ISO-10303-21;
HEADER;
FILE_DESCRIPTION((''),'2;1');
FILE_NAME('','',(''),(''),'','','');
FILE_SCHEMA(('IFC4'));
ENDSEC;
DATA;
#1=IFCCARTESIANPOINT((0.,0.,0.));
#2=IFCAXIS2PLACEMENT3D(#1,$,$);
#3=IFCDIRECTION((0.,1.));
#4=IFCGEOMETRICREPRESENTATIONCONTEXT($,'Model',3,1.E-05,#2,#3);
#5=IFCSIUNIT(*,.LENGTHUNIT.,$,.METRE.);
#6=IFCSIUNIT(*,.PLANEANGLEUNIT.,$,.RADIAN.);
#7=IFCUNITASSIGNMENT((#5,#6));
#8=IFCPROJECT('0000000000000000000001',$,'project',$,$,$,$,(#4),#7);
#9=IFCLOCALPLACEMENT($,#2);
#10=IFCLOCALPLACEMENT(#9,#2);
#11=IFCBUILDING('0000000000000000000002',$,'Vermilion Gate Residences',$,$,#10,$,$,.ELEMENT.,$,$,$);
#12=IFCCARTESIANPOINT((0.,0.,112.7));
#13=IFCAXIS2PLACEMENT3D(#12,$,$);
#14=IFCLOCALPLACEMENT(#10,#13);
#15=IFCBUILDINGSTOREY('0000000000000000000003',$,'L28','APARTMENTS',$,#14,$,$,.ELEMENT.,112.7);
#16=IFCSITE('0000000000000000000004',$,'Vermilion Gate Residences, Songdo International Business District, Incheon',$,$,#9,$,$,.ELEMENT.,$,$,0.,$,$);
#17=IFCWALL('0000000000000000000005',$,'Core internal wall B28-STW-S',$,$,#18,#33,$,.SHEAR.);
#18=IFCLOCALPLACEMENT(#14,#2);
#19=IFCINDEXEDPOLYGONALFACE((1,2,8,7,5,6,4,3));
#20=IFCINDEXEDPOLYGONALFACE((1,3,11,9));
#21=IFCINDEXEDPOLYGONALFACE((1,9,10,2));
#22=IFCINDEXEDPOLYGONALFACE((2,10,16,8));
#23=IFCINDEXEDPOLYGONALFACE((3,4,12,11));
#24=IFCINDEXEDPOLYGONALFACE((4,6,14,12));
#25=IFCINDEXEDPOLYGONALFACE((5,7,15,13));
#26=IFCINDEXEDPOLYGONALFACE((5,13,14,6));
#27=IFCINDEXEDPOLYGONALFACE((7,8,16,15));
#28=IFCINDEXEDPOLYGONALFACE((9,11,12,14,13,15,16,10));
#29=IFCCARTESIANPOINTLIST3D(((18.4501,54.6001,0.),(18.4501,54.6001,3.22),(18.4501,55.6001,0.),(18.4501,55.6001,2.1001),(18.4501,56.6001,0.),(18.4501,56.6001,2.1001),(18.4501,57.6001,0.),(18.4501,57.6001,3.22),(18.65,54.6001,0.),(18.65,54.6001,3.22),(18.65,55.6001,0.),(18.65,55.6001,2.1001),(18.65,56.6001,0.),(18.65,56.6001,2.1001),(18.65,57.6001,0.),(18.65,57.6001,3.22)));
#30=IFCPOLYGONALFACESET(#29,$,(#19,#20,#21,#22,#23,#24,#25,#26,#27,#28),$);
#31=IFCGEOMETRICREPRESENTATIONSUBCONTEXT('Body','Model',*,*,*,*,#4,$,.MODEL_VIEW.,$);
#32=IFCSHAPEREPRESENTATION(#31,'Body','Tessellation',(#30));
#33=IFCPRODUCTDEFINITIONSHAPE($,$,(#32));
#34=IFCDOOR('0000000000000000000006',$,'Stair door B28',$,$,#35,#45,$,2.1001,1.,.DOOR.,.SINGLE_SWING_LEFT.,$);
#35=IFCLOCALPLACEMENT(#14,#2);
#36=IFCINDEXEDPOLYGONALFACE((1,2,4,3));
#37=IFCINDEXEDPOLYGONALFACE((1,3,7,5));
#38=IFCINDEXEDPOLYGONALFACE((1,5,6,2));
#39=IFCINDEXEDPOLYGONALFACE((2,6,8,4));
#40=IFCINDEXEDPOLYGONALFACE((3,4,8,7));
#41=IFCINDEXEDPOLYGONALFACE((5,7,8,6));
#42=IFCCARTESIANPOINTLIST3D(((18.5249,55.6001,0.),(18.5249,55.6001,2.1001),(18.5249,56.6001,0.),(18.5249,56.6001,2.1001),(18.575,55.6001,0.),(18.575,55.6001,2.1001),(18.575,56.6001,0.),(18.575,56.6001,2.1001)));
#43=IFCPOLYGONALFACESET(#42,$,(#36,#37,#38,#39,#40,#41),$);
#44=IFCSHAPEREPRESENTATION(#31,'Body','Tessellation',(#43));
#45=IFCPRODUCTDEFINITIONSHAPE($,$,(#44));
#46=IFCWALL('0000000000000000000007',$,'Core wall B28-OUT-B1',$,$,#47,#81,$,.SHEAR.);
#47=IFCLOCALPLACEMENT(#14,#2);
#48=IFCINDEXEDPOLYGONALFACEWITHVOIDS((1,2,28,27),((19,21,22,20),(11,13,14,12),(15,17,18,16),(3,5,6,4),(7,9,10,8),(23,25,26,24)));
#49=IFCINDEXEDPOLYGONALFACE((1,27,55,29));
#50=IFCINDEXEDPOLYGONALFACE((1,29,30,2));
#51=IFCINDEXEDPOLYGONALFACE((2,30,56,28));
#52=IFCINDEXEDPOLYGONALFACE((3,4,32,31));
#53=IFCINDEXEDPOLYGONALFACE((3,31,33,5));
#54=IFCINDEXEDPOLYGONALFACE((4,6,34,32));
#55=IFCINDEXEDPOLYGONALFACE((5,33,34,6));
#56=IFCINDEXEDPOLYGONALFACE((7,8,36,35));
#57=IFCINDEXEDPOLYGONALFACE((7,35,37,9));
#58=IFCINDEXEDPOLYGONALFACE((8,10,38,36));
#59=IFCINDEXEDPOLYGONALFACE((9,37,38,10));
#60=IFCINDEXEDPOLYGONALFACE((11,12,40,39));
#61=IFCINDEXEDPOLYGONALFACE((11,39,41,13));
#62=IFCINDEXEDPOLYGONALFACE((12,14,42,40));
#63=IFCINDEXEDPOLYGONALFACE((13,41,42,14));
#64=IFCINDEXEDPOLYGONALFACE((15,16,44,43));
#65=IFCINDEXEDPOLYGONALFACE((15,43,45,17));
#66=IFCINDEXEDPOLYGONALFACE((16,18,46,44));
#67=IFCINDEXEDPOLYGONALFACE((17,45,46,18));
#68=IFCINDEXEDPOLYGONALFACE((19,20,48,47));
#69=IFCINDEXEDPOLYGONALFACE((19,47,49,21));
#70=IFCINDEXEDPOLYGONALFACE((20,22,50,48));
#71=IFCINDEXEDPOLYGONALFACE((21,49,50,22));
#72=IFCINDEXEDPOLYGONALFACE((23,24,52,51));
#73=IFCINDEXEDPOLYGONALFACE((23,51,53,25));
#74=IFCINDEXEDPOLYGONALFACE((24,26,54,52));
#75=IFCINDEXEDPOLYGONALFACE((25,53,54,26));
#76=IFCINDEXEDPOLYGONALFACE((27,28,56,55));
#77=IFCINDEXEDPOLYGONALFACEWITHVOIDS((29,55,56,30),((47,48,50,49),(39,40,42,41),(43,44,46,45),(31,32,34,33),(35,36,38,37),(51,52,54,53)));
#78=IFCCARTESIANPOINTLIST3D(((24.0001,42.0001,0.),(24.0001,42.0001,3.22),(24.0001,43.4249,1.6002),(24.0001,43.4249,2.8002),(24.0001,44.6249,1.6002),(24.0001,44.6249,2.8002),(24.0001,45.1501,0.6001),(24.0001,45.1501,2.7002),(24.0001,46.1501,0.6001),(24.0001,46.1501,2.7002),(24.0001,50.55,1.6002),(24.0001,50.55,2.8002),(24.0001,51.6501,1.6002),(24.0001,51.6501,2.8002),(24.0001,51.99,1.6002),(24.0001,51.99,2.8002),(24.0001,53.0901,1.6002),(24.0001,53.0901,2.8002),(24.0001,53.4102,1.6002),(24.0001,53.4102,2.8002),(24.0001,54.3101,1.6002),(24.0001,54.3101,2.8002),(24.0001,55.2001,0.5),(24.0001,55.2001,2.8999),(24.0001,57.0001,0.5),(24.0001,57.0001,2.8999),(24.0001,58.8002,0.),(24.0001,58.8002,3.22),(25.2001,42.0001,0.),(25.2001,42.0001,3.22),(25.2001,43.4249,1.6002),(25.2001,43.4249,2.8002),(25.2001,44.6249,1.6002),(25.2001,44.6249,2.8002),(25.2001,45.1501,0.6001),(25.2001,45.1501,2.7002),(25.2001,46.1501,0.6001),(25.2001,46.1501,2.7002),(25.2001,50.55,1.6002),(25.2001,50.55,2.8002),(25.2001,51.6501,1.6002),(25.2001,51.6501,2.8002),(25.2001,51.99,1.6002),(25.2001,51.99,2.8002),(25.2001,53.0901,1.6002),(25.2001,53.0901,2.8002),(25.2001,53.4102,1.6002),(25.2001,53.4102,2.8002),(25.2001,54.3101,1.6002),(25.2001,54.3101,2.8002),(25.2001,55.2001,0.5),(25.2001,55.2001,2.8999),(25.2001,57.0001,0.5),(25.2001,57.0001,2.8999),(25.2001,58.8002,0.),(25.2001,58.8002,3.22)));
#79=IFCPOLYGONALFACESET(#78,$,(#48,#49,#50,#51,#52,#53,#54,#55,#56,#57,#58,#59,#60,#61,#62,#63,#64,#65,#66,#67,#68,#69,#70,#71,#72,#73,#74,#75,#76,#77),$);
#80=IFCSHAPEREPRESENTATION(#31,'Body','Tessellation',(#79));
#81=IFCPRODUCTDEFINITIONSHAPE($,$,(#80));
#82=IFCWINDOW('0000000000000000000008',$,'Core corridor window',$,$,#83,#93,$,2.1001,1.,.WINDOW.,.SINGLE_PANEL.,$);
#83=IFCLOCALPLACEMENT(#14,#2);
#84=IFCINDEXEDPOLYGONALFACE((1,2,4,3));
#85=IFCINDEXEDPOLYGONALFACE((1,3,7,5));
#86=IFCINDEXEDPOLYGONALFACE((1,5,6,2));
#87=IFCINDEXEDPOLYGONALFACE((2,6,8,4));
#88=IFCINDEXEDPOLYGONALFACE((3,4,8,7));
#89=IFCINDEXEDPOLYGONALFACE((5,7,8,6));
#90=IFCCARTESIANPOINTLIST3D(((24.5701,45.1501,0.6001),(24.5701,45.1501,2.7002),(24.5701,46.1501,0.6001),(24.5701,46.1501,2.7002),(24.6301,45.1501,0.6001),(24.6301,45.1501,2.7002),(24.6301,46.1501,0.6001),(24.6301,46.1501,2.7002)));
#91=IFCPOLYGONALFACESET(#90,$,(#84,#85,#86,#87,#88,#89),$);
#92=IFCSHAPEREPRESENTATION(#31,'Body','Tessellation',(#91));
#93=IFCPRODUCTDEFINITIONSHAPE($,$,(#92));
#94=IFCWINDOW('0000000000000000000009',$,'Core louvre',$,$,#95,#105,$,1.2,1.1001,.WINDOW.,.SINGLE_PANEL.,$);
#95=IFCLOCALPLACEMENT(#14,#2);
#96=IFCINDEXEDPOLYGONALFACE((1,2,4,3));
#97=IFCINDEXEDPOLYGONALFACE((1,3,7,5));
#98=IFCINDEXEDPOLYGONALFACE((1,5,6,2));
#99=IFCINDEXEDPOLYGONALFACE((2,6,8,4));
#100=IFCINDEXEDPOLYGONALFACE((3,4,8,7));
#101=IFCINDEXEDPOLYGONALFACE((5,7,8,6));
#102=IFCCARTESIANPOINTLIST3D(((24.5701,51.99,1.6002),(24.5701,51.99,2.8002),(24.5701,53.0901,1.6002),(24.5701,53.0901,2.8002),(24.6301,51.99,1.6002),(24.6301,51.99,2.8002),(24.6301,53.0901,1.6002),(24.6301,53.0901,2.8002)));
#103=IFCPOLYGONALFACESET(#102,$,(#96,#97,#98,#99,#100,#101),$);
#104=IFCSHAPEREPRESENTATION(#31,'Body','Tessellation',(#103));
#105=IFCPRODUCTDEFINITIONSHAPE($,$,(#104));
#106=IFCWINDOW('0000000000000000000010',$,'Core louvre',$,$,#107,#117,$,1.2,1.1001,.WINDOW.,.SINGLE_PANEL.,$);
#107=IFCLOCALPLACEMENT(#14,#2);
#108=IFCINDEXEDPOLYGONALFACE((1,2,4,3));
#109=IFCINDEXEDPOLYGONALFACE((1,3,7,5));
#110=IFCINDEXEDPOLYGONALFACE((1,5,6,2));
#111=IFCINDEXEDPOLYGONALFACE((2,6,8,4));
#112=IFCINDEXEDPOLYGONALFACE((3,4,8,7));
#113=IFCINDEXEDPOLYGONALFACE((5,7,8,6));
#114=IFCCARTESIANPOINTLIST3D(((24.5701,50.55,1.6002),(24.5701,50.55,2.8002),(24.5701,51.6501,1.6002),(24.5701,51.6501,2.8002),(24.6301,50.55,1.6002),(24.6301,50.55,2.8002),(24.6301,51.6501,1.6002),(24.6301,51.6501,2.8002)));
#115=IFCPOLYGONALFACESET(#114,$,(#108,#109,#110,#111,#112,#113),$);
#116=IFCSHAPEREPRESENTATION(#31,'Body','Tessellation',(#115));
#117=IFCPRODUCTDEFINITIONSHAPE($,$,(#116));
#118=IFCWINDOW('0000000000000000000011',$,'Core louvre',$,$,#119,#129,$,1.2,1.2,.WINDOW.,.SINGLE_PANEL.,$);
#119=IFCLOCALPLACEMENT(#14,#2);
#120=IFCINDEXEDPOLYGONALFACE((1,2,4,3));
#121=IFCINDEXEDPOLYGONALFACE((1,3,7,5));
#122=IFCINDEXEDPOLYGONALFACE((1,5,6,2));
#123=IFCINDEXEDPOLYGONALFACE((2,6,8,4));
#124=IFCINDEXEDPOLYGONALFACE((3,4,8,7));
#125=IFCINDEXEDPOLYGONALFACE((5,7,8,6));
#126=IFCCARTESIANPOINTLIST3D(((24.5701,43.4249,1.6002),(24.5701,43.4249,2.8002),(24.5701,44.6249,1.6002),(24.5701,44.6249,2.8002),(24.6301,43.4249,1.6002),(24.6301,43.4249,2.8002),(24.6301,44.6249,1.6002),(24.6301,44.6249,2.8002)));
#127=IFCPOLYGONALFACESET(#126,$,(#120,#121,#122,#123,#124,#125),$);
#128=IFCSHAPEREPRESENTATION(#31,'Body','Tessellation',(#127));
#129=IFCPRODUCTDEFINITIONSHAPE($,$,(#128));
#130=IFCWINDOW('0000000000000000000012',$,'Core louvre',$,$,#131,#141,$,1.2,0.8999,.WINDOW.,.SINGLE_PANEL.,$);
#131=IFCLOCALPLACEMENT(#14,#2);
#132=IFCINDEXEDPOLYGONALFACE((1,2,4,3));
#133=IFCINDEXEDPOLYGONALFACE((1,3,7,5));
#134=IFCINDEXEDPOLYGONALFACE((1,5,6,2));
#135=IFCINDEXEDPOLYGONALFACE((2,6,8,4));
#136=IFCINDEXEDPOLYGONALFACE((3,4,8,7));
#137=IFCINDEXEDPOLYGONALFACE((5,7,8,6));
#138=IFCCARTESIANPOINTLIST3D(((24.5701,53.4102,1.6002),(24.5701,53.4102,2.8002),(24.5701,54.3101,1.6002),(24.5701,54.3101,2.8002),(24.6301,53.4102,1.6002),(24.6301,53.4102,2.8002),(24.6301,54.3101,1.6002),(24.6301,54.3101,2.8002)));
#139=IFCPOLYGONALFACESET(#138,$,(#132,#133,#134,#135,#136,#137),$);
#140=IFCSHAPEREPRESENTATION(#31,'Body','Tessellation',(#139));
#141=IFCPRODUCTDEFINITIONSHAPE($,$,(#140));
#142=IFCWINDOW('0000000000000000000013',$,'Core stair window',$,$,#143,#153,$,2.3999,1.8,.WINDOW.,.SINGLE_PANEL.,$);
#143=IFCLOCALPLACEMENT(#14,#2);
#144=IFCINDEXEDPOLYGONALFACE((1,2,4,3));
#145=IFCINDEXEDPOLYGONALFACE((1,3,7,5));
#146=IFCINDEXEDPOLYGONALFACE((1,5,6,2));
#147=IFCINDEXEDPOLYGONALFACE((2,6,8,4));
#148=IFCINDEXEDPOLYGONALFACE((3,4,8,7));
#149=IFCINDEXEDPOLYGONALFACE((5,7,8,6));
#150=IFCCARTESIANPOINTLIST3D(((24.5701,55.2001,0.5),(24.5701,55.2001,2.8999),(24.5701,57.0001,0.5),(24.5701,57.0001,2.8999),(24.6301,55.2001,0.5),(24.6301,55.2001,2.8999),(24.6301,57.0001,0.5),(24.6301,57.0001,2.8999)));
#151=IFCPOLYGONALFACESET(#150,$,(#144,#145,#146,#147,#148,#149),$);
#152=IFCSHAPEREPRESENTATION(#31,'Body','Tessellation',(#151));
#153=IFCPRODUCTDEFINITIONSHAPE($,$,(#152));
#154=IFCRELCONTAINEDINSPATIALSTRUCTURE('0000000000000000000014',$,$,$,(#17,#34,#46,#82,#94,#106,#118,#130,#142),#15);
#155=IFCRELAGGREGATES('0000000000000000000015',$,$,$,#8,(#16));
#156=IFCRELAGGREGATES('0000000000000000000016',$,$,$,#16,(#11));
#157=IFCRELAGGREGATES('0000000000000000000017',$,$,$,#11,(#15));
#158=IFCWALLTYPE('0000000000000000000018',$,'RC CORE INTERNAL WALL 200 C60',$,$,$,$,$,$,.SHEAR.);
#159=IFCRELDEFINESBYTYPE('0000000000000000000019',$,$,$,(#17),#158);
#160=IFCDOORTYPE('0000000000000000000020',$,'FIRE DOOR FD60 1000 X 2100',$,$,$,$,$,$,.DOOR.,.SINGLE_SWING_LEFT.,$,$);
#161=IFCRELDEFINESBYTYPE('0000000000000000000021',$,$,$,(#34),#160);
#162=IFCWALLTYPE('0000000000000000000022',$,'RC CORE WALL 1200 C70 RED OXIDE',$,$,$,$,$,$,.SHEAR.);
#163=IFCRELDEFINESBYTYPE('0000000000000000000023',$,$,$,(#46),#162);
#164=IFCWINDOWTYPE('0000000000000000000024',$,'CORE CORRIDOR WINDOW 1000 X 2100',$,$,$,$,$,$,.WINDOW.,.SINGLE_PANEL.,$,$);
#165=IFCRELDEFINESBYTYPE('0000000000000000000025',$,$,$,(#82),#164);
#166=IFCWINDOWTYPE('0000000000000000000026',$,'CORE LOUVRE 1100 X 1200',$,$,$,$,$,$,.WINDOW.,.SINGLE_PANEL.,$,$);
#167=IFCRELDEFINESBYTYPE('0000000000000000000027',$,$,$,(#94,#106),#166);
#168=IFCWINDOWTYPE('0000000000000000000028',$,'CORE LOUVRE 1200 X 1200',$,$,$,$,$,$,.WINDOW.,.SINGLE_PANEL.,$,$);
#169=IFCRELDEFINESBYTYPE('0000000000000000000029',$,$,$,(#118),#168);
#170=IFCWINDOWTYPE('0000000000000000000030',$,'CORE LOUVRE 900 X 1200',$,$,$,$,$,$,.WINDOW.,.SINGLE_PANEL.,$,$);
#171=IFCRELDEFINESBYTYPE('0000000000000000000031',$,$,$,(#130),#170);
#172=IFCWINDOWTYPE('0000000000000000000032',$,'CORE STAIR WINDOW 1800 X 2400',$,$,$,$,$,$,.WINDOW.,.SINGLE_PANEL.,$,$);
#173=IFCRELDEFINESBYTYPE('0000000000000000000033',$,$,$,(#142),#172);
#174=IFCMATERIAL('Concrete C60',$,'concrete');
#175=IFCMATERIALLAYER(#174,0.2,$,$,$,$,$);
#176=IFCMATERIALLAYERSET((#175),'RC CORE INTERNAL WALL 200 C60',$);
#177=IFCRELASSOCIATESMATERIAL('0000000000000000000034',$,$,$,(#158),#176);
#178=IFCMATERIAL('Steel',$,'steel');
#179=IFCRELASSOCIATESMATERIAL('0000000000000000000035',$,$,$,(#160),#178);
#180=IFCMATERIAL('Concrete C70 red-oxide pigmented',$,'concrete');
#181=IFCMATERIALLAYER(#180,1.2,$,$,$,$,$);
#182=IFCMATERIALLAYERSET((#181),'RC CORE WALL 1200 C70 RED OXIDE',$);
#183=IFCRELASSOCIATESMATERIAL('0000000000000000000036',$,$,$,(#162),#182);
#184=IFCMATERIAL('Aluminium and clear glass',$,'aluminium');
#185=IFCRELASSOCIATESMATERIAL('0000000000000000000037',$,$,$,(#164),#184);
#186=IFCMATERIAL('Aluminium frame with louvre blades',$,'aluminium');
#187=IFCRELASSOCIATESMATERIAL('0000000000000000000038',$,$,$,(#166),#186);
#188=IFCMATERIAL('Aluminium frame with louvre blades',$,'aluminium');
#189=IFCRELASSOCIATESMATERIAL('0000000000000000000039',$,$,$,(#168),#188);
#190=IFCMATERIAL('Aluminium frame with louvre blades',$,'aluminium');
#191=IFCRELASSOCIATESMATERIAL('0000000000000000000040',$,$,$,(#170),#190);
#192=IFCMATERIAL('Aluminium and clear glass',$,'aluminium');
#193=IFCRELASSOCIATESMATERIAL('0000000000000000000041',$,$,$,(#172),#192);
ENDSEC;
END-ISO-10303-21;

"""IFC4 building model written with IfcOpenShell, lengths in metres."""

from ifc_helpers import new_model, si_unit, direction, frame, frame_2d, origin, place, context, subcontext, project, spatial, rectangle, extrude, material, layer, layer_set, type_object, element, fill, save


model = new_model("IFC4")

# Units and contexts
model_context = context("Model", 3, precision=1e-05, world=origin(), true_north=direction((0.0, 1.0)))
body_context = subcontext(model_context, "Body", "Model", "MODEL_VIEW")
ifc_project = project(units=[si_unit("LENGTHUNIT", "METRE"), si_unit("PLANEANGLEUNIT", "RADIAN")], contexts=[model_context])

# Site, building, storey
site_placement = place(None, origin())
site = spatial("IfcSite", under=ifc_project, at=site_placement, Name="Vermilion Gate Residences, Songdo International Business District, Incheon", CompositionType="ELEMENT", RefElevation=0.0)
building_placement = place(site_placement, origin())
building = spatial("IfcBuilding", under=site, at=building_placement, Name="Vermilion Gate Residences", CompositionType="ELEMENT")
storey_placement = place(building_placement, frame((0.0, 0.0, 112.7)))
storey = spatial("IfcBuildingStorey", under=building, at=storey_placement, Name="L28", Description="APARTMENTS", CompositionType="ELEMENT", Elevation=112.7)

# Wall, opening, door
ifc_material_1 = material(Name="Concrete C60", Category="concrete")
ifc_layer_1 = layer(ifc_material_1, 0.2)
ifc_layer_set_1 = layer_set([ifc_layer_1], Name="RC CORE INTERNAL WALL 200 C60")
wall_type_1 = type_object("IfcWallType", Name="RC CORE INTERNAL WALL 200 C60", PredefinedType="SHEAR", material=ifc_layer_set_1)
wall_1_placement = place(storey_placement, frame((18.55, 57.6001, 0.0), z_axis=(0.0, 0.0, 1.0), x_axis=(0.0, -1.0, 0.0)))
wall_1 = element("IfcWall", 1, at=wall_1_placement, inside=storey, type_object=wall_type_1, Name="Core internal wall B28-STW-S", PredefinedType="SHEAR", context=body_context, shape_type="SweptSolid", body=[
    extrude(rectangle(XDim=3.0, YDim=0.2, at=frame_2d((1.5, 0.0))), origin(), (0.0, 0.0, 1.0), 3.22),
])
opening_1_placement = place(wall_1_placement, frame((1.0, 0.0, 0.0)))
opening_1 = element("IfcOpeningElement", 2, at=opening_1_placement, cuts=wall_1, PredefinedType="OPENING", context=body_context, shape_type="SweptSolid", body=[
    extrude(rectangle(XDim=1.0, YDim=2.1001, at=frame_2d((0.5, 1.05))), frame((0.0, 0.1099, 0.0), z_axis=(0.0, -1.0, 0.0), x_axis=(1.0, 0.0, 0.0)), (0.0, 0.0, 1.0), 0.22),
])
ifc_material_2 = material(Name="Steel", Category="steel")
door_type = type_object("IfcDoorType", Name="FIRE DOOR FD60 1000 X 2100", OperationType="SINGLE_SWING_LEFT", PredefinedType="DOOR", material=ifc_material_2)
door_placement = place(opening_1_placement, origin())
door = element("IfcDoor", 3, at=door_placement, inside=storey, type_object=door_type, Name="Stair door B28", OperationType="SINGLE_SWING_LEFT", OverallHeight=2.1001, OverallWidth=1.0, PredefinedType="DOOR", context=body_context, shape_type="SweptSolid", body=[
    extrude(rectangle(XDim=1.0, YDim=2.1001, at=frame_2d((0.5, 1.05))), frame((0.0, 0.0249, 0.0), z_axis=(0.0, -1.0, 0.0), x_axis=(1.0, 0.0, 0.0)), (0.0, 0.0, 1.0), 0.05),
])
fill(opening_1, door)

# Wall, openings, windows
ifc_material_3 = material(Name="Concrete C70 red-oxide pigmented", Category="concrete")
ifc_layer_2 = layer(ifc_material_3, 1.2)
ifc_layer_set_2 = layer_set([ifc_layer_2], Name="RC CORE WALL 1200 C70 RED OXIDE")
wall_type_2 = type_object("IfcWallType", Name="RC CORE WALL 1200 C70 RED OXIDE", PredefinedType="SHEAR", material=ifc_layer_set_2)
wall_2_placement = place(storey_placement, frame((24.6001, 58.8, 0.0), z_axis=(0.0, 0.0, 1.0), x_axis=(0.0, -1.0, 0.0)))
wall_2 = element("IfcWall", 4, at=wall_2_placement, inside=storey, type_object=wall_type_2, Name="Core wall B28-OUT-B1", PredefinedType="SHEAR", context=body_context, shape_type="SweptSolid", body=[
    extrude(rectangle(XDim=16.8, YDim=1.2, at=frame_2d((8.3999, 0.0))), origin(), (0.0, 0.0, 1.0), 3.22),
])
opening_2_placement = place(wall_2_placement, frame((1.8, 0.0, 0.5)))
opening_2 = element("IfcOpeningElement", 5, at=opening_2_placement, cuts=wall_2, PredefinedType="OPENING", context=body_context, shape_type="SweptSolid", body=[
    extrude(rectangle(XDim=1.8, YDim=2.3999, at=frame_2d((0.8999, 1.2))), frame((0.0, 0.6099, 0.0), z_axis=(0.0, -1.0, 0.0), x_axis=(1.0, 0.0, 0.0)), (0.0, 0.0, 1.0), 1.22),
])
opening_3_placement = place(wall_2_placement, frame((4.49, 0.0, 1.6001)))
opening_3 = element("IfcOpeningElement", 6, at=opening_3_placement, cuts=wall_2, PredefinedType="OPENING", context=body_context, shape_type="SweptSolid", body=[
    extrude(rectangle(XDim=0.8999, YDim=1.2, at=frame_2d((0.45, 0.6001))), frame((0.0, 0.6099, 0.0), z_axis=(0.0, -1.0, 0.0), x_axis=(1.0, 0.0, 0.0)), (0.0, 0.0, 1.0), 1.22),
])
opening_4_placement = place(wall_2_placement, frame((5.71, 0.0, 1.6001)))
opening_4 = element("IfcOpeningElement", 7, at=opening_4_placement, cuts=wall_2, PredefinedType="OPENING", context=body_context, shape_type="SweptSolid", body=[
    extrude(rectangle(XDim=1.1001, YDim=1.2, at=frame_2d((0.55, 0.6001))), frame((0.0, 0.6099, 0.0), z_axis=(0.0, -1.0, 0.0), x_axis=(1.0, 0.0, 0.0)), (0.0, 0.0, 1.0), 1.22),
])
opening_5_placement = place(wall_2_placement, frame((7.1499, 0.0, 1.6001)))
opening_5 = element("IfcOpeningElement", 8, at=opening_5_placement, cuts=wall_2, PredefinedType="OPENING", context=body_context, shape_type="SweptSolid", body=[
    extrude(rectangle(XDim=1.1001, YDim=1.2, at=frame_2d((0.55, 0.6001))), frame((0.0, 0.6099, 0.0), z_axis=(0.0, -1.0, 0.0), x_axis=(1.0, 0.0, 0.0)), (0.0, 0.0, 1.0), 1.22),
])
opening_6_placement = place(wall_2_placement, frame((12.6499, 0.0, 0.6001)))
opening_6 = element("IfcOpeningElement", 9, at=opening_6_placement, cuts=wall_2, PredefinedType="OPENING", context=body_context, shape_type="SweptSolid", body=[
    extrude(rectangle(XDim=1.0, YDim=2.1001, at=frame_2d((0.5, 1.05))), frame((0.0, 0.6099, 0.0), z_axis=(0.0, -1.0, 0.0), x_axis=(1.0, 0.0, 0.0)), (0.0, 0.0, 1.0), 1.22),
])
opening_7_placement = place(wall_2_placement, frame((14.175, 0.0, 1.6001)))
opening_7 = element("IfcOpeningElement", 10, at=opening_7_placement, cuts=wall_2, PredefinedType="OPENING", context=body_context, shape_type="SweptSolid", body=[
    extrude(rectangle(XDim=1.2, YDim=1.2, at=frame_2d((0.6001, 0.6001))), frame((0.0, 0.6099, 0.0), z_axis=(0.0, -1.0, 0.0), x_axis=(1.0, 0.0, 0.0)), (0.0, 0.0, 1.0), 1.22),
])
ifc_material_4 = material(Name="Aluminium and clear glass", Category="aluminium")
window_type_1 = type_object("IfcWindowType", Name="CORE CORRIDOR WINDOW 1000 X 2100", PartitioningType="SINGLE_PANEL", PredefinedType="WINDOW", material=ifc_material_4)
window_1_placement = place(opening_6_placement, origin())
window_1 = element("IfcWindow", 11, at=window_1_placement, inside=storey, type_object=window_type_1, Name="Core corridor window", OverallHeight=2.1001, OverallWidth=1.0, PartitioningType="SINGLE_PANEL", PredefinedType="WINDOW", context=body_context, shape_type="SweptSolid", body=[
    extrude(rectangle(XDim=1.0, YDim=2.1001, at=frame_2d((0.5, 1.05))), frame((0.0, 0.03, 0.0), z_axis=(0.0, -1.0, 0.0), x_axis=(1.0, 0.0, 0.0)), (0.0, 0.0, 1.0), 0.0601),
])
fill(opening_6, window_1)
ifc_material_5 = material(Name="Aluminium frame with louvre blades", Category="aluminium")
window_type_2 = type_object("IfcWindowType", Name="CORE LOUVRE 1100 X 1200", PartitioningType="SINGLE_PANEL", PredefinedType="WINDOW", material=ifc_material_5)
window_2_placement = place(opening_4_placement, origin())
window_2 = element("IfcWindow", 12, at=window_2_placement, inside=storey, type_object=window_type_2, Name="Core louvre", OverallHeight=1.2, OverallWidth=1.1001, PartitioningType="SINGLE_PANEL", PredefinedType="WINDOW", context=body_context, shape_type="SweptSolid", body=[
    extrude(rectangle(XDim=1.1001, YDim=1.2, at=frame_2d((0.55, 0.6001))), frame((0.0, 0.03, 0.0), z_axis=(0.0, -1.0, 0.0), x_axis=(1.0, 0.0, 0.0)), (0.0, 0.0, 1.0), 0.0601),
])
fill(opening_4, window_2)
window_3_placement = place(opening_5_placement, origin())
window_3 = element("IfcWindow", 13, at=window_3_placement, inside=storey, type_object=window_type_2, Name="Core louvre", OverallHeight=1.2, OverallWidth=1.1001, PartitioningType="SINGLE_PANEL", PredefinedType="WINDOW", context=body_context, shape_type="SweptSolid", body=[
    extrude(rectangle(XDim=1.1001, YDim=1.2, at=frame_2d((0.55, 0.6001))), frame((0.0, 0.03, 0.0), z_axis=(0.0, -1.0, 0.0), x_axis=(1.0, 0.0, 0.0)), (0.0, 0.0, 1.0), 0.0601),
])
fill(opening_5, window_3)
ifc_material_6 = material(Name="Aluminium frame with louvre blades", Category="aluminium")
window_type_3 = type_object("IfcWindowType", Name="CORE LOUVRE 1200 X 1200", PartitioningType="SINGLE_PANEL", PredefinedType="WINDOW", material=ifc_material_6)
window_4_placement = place(opening_7_placement, origin())
window_4 = element("IfcWindow", 14, at=window_4_placement, inside=storey, type_object=window_type_3, Name="Core louvre", OverallHeight=1.2, OverallWidth=1.2, PartitioningType="SINGLE_PANEL", PredefinedType="WINDOW", context=body_context, shape_type="SweptSolid", body=[
    extrude(rectangle(XDim=1.2, YDim=1.2, at=frame_2d((0.6001, 0.6001))), frame((0.0, 0.03, 0.0), z_axis=(0.0, -1.0, 0.0), x_axis=(1.0, 0.0, 0.0)), (0.0, 0.0, 1.0), 0.0601),
])
fill(opening_7, window_4)
ifc_material_7 = material(Name="Aluminium frame with louvre blades", Category="aluminium")
window_type_4 = type_object("IfcWindowType", Name="CORE LOUVRE 900 X 1200", PartitioningType="SINGLE_PANEL", PredefinedType="WINDOW", material=ifc_material_7)
window_5_placement = place(opening_3_placement, origin())
window_5 = element("IfcWindow", 15, at=window_5_placement, inside=storey, type_object=window_type_4, Name="Core louvre", OverallHeight=1.2, OverallWidth=0.8999, PartitioningType="SINGLE_PANEL", PredefinedType="WINDOW", context=body_context, shape_type="SweptSolid", body=[
    extrude(rectangle(XDim=0.8999, YDim=1.2, at=frame_2d((0.45, 0.6001))), frame((0.0, 0.03, 0.0), z_axis=(0.0, -1.0, 0.0), x_axis=(1.0, 0.0, 0.0)), (0.0, 0.0, 1.0), 0.0601),
])
fill(opening_3, window_5)
ifc_material_8 = material(Name="Aluminium and clear glass", Category="aluminium")
window_type_5 = type_object("IfcWindowType", Name="CORE STAIR WINDOW 1800 X 2400", PartitioningType="SINGLE_PANEL", PredefinedType="WINDOW", material=ifc_material_8)
window_6_placement = place(opening_2_placement, origin())
window_6 = element("IfcWindow", 16, at=window_6_placement, inside=storey, type_object=window_type_5, Name="Core stair window", OverallHeight=2.3999, OverallWidth=1.8, PartitioningType="SINGLE_PANEL", PredefinedType="WINDOW", context=body_context, shape_type="SweptSolid", body=[
    extrude(rectangle(XDim=1.8, YDim=2.3999, at=frame_2d((0.8999, 1.2))), frame((0.0, 0.03, 0.0), z_axis=(0.0, -1.0, 0.0), x_axis=(1.0, 0.0, 0.0)), (0.0, 0.0, 1.0), 0.0601),
])
fill(opening_2, window_6)

save(model, "model.ifc")
